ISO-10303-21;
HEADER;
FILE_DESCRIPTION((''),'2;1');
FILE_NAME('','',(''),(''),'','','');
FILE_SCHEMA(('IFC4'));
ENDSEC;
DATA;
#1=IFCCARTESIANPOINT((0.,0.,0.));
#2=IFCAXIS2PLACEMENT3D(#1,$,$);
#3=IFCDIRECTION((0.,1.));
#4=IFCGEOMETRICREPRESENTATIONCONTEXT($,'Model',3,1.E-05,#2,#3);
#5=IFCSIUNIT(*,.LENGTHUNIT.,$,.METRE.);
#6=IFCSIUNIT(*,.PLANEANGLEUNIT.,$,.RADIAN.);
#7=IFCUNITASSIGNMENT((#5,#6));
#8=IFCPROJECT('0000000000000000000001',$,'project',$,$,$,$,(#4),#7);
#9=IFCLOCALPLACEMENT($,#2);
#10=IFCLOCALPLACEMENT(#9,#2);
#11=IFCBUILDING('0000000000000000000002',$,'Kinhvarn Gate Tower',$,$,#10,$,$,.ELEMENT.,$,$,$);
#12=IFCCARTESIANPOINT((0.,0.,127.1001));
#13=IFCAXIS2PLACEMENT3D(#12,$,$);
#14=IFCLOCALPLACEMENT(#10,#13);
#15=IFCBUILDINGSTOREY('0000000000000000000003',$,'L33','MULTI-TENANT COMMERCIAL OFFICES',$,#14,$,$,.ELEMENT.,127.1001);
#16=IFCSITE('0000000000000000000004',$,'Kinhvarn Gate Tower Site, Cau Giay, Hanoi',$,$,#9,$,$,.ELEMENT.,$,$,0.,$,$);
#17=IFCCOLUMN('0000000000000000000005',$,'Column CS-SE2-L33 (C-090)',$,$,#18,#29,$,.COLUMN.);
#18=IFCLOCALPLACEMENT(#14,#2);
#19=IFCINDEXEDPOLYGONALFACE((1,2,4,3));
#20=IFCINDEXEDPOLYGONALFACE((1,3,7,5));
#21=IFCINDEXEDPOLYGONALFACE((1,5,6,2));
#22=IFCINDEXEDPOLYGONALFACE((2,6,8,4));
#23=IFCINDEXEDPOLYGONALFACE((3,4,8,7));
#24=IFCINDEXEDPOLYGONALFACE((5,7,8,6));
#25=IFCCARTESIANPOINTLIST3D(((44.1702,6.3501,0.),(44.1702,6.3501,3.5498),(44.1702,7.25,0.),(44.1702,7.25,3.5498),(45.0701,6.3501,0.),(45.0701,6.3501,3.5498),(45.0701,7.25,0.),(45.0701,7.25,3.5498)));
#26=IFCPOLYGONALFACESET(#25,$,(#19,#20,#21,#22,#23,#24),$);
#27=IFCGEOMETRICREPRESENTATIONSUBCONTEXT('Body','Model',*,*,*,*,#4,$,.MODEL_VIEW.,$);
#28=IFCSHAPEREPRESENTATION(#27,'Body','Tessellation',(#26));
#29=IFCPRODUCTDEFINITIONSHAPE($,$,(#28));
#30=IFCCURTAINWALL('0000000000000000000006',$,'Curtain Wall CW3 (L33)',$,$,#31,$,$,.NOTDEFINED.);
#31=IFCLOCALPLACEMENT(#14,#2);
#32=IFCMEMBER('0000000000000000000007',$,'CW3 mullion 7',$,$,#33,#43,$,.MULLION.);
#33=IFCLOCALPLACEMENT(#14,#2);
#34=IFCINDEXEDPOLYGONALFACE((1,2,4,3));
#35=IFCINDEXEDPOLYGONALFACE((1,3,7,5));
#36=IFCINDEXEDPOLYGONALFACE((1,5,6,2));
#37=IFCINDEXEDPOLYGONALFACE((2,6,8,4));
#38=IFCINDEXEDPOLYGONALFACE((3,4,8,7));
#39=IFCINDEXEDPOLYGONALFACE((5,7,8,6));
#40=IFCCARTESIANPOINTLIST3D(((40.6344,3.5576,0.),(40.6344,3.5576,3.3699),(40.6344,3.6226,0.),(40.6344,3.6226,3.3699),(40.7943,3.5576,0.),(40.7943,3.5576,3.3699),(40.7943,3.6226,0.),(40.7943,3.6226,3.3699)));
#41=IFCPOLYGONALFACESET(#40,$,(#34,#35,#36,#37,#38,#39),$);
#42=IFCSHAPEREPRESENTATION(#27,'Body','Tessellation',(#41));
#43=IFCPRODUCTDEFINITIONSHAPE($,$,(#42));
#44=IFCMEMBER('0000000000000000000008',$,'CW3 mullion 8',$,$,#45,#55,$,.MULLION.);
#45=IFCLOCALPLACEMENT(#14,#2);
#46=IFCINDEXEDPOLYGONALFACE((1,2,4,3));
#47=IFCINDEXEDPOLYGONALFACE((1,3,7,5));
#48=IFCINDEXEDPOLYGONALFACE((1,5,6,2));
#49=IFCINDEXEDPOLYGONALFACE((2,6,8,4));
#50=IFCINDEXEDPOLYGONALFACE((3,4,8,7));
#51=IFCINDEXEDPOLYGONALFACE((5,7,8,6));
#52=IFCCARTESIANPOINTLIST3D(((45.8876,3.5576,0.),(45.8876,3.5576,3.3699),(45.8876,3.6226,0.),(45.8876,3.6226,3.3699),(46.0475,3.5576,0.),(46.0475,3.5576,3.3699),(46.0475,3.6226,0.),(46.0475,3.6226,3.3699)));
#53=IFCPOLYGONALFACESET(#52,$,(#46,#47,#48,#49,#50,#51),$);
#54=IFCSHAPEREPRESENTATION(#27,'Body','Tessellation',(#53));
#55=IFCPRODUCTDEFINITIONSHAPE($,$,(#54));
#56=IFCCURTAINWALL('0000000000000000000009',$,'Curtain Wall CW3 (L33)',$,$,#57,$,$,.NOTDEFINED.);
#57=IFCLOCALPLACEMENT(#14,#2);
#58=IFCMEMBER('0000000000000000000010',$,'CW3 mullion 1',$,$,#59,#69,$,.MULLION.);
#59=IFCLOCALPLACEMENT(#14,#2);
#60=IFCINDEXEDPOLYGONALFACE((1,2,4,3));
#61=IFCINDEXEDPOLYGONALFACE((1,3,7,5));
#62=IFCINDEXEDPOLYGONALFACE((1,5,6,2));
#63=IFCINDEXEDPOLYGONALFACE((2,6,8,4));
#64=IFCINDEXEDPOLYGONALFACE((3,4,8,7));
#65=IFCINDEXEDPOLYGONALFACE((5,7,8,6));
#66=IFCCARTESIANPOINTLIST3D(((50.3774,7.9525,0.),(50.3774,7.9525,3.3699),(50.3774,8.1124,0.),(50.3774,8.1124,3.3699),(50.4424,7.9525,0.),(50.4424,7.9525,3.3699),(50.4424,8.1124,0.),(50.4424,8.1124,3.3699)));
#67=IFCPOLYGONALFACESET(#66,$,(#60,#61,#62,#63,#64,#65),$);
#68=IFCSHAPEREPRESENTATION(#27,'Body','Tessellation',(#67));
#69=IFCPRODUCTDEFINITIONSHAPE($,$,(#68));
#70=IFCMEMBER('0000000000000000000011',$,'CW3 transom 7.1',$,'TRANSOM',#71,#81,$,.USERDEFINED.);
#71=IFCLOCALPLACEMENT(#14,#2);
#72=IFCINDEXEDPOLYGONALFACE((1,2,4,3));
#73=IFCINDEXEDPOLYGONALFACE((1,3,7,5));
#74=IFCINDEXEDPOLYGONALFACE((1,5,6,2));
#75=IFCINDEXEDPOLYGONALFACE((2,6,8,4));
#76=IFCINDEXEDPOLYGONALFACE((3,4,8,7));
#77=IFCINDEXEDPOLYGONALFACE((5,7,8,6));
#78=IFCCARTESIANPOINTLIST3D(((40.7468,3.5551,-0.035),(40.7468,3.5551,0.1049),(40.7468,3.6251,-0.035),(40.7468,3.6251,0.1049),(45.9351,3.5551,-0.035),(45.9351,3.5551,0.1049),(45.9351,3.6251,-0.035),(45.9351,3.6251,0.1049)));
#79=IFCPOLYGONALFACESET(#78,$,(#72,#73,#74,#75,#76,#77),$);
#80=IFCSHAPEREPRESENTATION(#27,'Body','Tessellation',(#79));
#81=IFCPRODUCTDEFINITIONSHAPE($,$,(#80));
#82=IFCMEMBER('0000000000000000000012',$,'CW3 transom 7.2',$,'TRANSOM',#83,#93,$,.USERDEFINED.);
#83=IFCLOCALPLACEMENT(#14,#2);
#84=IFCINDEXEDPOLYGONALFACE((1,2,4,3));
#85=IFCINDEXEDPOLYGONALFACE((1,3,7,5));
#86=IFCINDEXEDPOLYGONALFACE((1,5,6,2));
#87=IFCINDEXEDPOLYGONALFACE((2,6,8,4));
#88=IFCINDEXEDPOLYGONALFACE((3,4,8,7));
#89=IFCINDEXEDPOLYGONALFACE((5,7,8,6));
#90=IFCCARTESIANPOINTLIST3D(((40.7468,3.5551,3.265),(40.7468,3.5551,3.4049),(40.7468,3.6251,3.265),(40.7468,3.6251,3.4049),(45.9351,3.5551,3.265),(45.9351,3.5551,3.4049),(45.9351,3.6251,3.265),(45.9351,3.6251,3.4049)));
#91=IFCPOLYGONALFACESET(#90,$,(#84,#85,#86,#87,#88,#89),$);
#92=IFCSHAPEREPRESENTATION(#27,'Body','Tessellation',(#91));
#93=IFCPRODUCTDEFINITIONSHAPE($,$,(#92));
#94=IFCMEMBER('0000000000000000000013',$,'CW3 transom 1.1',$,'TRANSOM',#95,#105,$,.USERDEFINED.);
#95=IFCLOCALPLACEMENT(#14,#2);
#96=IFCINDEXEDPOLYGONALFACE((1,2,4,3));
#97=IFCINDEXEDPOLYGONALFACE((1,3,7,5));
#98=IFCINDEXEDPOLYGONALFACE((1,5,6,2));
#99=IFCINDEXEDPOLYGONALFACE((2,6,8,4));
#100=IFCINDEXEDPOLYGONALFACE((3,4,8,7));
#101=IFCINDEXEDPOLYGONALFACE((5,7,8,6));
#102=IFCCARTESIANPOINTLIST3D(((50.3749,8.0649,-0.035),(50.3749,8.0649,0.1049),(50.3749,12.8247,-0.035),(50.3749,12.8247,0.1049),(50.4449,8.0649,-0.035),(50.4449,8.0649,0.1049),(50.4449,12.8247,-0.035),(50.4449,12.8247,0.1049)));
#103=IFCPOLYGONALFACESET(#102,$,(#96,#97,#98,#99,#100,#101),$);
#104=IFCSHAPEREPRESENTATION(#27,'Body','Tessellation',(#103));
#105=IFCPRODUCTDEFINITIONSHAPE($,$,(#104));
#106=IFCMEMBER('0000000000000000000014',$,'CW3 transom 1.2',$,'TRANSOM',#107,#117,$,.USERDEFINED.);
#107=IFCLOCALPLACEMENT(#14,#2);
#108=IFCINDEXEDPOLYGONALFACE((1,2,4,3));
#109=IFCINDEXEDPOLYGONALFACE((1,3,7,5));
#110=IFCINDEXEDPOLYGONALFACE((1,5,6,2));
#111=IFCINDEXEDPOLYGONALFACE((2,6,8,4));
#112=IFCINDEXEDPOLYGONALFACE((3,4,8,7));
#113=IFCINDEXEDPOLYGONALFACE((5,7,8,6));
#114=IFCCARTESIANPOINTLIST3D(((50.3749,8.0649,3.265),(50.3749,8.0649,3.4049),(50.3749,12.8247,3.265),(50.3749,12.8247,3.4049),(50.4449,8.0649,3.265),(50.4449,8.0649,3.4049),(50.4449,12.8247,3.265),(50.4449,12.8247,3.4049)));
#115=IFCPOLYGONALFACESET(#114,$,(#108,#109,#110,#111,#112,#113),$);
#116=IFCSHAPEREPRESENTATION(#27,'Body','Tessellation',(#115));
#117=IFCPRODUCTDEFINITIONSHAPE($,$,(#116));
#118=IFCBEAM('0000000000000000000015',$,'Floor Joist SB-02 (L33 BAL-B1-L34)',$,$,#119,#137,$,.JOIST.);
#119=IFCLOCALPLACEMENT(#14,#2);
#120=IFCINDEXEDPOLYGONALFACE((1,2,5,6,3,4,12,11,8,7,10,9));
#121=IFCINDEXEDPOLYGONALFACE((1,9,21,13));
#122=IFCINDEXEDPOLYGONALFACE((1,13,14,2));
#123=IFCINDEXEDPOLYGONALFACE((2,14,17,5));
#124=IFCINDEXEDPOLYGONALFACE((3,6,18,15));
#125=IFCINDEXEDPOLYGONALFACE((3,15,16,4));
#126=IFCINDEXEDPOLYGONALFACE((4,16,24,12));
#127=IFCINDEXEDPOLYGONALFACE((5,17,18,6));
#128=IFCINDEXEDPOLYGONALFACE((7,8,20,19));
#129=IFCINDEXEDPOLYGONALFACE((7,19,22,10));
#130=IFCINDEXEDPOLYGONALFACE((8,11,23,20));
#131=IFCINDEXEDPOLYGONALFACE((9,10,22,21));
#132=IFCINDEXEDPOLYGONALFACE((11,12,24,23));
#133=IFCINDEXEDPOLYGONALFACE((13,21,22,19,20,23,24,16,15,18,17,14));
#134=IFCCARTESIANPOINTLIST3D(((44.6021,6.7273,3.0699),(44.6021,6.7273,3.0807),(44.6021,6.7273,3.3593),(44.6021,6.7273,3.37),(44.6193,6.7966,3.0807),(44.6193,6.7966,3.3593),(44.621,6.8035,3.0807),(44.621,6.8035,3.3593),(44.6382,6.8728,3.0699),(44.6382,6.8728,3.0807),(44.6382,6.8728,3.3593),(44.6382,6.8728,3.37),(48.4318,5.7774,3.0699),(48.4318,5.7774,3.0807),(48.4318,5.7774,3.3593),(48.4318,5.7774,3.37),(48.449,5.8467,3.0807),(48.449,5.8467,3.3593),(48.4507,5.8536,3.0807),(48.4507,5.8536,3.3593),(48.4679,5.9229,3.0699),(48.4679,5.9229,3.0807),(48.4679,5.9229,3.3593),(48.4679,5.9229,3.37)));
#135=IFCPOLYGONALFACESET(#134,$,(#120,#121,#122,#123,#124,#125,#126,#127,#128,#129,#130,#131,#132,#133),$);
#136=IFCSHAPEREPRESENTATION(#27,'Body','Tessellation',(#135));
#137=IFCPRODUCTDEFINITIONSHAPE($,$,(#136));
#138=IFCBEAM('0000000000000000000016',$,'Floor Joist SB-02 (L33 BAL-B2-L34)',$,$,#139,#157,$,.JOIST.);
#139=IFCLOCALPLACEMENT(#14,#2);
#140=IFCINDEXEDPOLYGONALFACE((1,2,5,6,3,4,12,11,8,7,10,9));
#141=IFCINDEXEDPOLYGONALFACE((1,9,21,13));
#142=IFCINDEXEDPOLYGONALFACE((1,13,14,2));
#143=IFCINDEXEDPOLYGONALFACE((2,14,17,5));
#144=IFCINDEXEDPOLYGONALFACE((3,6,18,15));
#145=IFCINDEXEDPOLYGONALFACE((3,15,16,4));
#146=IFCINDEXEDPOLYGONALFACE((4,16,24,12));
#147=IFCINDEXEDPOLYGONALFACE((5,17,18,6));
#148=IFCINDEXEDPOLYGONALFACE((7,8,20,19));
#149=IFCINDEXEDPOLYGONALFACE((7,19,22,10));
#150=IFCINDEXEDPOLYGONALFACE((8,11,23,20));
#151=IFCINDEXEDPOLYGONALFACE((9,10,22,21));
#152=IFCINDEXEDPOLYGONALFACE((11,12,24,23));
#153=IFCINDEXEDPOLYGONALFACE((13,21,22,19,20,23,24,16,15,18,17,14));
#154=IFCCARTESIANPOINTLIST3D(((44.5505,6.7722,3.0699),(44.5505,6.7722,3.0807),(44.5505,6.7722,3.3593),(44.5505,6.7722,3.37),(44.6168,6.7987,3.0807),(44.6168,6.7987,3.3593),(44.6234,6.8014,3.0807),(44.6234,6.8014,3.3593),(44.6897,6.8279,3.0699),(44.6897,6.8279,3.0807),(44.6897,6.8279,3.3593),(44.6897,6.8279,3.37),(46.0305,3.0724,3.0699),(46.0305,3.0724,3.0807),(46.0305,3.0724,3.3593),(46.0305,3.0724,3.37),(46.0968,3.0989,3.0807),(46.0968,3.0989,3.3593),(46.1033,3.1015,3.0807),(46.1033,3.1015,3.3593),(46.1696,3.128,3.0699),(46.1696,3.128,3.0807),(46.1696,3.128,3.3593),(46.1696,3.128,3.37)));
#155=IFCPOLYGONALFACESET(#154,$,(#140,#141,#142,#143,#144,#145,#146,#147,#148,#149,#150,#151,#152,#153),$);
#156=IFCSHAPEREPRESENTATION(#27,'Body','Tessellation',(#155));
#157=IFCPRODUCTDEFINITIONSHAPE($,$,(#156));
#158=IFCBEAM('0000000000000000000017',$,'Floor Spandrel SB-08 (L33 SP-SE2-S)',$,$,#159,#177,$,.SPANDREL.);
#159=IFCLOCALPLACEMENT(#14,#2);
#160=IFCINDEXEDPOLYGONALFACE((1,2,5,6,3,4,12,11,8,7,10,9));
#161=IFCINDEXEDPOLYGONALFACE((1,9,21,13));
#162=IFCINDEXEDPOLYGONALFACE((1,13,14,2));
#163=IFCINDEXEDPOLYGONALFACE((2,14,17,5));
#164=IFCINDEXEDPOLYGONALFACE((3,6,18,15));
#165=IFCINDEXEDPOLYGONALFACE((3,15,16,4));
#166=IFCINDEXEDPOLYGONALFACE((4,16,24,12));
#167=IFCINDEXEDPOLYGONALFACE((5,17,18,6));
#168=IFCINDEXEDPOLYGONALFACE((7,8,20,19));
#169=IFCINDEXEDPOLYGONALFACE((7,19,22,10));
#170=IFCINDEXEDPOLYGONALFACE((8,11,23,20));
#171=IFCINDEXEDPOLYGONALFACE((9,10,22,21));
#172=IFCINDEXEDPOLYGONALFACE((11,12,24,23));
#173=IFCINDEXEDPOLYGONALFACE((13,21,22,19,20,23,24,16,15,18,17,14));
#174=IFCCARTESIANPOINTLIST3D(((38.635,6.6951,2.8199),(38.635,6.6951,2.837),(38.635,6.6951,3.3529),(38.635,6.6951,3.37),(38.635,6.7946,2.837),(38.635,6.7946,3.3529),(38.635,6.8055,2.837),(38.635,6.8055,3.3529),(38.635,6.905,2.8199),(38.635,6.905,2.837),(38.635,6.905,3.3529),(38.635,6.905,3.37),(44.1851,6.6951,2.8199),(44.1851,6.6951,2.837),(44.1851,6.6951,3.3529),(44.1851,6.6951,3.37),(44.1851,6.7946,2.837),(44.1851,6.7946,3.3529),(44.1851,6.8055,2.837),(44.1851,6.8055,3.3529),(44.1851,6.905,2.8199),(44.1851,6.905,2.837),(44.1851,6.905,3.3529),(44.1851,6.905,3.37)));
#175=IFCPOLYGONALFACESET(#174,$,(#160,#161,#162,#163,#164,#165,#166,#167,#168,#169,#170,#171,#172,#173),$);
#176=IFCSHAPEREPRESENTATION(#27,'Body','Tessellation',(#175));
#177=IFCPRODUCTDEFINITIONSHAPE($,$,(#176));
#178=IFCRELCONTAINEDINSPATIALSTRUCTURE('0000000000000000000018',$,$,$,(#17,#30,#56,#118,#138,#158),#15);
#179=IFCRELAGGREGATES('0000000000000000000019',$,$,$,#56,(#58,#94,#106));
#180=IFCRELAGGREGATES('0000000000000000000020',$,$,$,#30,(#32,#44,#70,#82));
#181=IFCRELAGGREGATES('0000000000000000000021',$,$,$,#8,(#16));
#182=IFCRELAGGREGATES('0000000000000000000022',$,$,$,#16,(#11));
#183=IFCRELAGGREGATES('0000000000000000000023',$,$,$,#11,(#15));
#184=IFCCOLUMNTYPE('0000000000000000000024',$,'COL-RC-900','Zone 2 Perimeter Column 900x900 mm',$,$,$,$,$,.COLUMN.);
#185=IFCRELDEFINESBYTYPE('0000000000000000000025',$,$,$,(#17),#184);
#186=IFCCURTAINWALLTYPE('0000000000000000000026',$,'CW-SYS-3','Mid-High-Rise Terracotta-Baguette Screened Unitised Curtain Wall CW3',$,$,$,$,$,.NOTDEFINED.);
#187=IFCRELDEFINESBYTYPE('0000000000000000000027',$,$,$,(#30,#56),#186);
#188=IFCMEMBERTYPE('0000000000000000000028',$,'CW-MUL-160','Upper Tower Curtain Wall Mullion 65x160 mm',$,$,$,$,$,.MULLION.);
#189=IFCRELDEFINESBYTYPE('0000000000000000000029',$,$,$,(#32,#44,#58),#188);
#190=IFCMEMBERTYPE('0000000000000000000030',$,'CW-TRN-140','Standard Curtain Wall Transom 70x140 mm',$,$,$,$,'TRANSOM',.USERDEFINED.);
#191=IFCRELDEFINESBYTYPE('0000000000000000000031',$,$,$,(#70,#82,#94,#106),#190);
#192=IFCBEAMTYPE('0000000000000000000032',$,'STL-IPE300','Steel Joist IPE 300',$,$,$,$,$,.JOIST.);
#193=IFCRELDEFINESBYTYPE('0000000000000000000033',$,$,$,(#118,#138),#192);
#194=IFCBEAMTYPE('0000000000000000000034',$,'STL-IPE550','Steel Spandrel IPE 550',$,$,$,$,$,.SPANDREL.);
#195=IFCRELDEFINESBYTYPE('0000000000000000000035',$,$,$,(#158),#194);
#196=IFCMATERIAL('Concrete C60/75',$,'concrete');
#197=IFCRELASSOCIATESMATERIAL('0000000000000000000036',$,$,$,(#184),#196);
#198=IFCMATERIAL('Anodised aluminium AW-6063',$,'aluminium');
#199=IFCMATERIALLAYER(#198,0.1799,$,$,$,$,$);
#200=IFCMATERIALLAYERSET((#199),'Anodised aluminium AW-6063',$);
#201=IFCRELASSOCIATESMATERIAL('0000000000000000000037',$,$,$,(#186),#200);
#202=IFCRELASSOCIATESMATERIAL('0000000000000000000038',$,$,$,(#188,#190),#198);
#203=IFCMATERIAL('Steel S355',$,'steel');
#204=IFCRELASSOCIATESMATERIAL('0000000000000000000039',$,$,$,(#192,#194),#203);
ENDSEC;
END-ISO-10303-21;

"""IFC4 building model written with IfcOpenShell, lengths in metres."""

from ifc_helpers import new_model, si_unit, direction, frame, origin, origin_2d, place, context, subcontext, project, spatial, rectangle, i_section, extrude, material, layer, layer_set, material_profile, profile_set, type_object, element, aggregate, save


model = new_model("IFC4")

# Units and contexts
model_context = context("Model", 3, precision=1e-05, world=origin(), true_north=direction((0.0, 1.0)))
body_context = subcontext(model_context, "Body", "Model", "MODEL_VIEW")
ifc_project = project(units=[si_unit("LENGTHUNIT", "METRE"), si_unit("PLANEANGLEUNIT", "RADIAN")], contexts=[model_context])

# Site, building, storey
site_placement = place(None, origin())
site = spatial("IfcSite", under=ifc_project, at=site_placement, Name="Kinhvarn Gate Tower Site, Cau Giay, Hanoi", CompositionType="ELEMENT", RefElevation=0.0)
building_placement = place(site_placement, origin())
building = spatial("IfcBuilding", under=site, at=building_placement, Name="Kinhvarn Gate Tower", CompositionType="ELEMENT")
storey_placement = place(building_placement, frame((0.0, 0.0, 127.1001)))
storey = spatial("IfcBuildingStorey", under=building, at=storey_placement, Name="L33", Description="MULTI-TENANT COMMERCIAL OFFICES", CompositionType="ELEMENT", Elevation=127.1001)

# Column
ifc_material_1 = material(Name="Concrete C60/75", Category="concrete")
ifc_material_profile_1 = material_profile(ifc_material_1, rectangle(XDim=0.8999, YDim=0.8999, at=origin_2d()), Name="RC 900x900")
ifc_profile_set_1 = profile_set([ifc_material_profile_1], Name="Concrete C60/75")
column_type = type_object("IfcColumnType", Name="COL-RC-900", Description="Zone 2 Perimeter Column 900x900 mm", PredefinedType="COLUMN", material=ifc_profile_set_1)
column_placement = place(storey_placement, frame((44.6201, 6.8, 0.0), z_axis=(0.0, 0.0, 1.0), x_axis=(1.0, 0.0, 0.0)))
element("IfcColumn", 1, at=column_placement, inside=storey, type_object=column_type, Name="Column CS-SE2-L33 (C-090)", PredefinedType="COLUMN", context=body_context, shape_type="SweptSolid", body=[
    extrude(rectangle(XDim=0.8999, YDim=0.8999, at=origin_2d()), origin(), (0.0, 0.0, 1.0), 3.5498),
])

# Curtain wall, members
ifc_material_2 = material(Name="Anodised aluminium AW-6063", Category="aluminium")
ifc_layer_1 = layer(ifc_material_2, 0.1799)
ifc_layer_set_1 = layer_set([ifc_layer_1], Name="Anodised aluminium AW-6063")
curtain_wall_type = type_object("IfcCurtainWallType", Name="CW-SYS-3", Description="Mid-High-Rise Terracotta-Baguette Screened Unitised Curtain Wall CW3", PredefinedType="NOTDEFINED", material=ifc_layer_set_1)
curtain_wall_1_placement = place(storey_placement, origin())
curtain_wall_1 = element("IfcCurtainWall", 2, at=curtain_wall_1_placement, inside=storey, type_object=curtain_wall_type, Name="Curtain Wall CW3 (L33)", PredefinedType="NOTDEFINED")
ifc_material_profile_2 = material_profile(ifc_material_2, rectangle(XDim=0.0649, YDim=0.1599, at=origin_2d()), Name="ALU 65x160")
ifc_profile_set_2 = profile_set([ifc_material_profile_2], Name="Anodised aluminium AW-6063")
member_type_1 = type_object("IfcMemberType", Name="CW-MUL-160", Description="Upper Tower Curtain Wall Mullion 65x160 mm", PredefinedType="MULLION", material=ifc_profile_set_2)
member_1_placement = place(storey_placement, frame((40.7144, 3.5901, 0.0), z_axis=(0.0, 0.0, 1.0), x_axis=(0.0, 1.0, 0.0)))
member_1 = element("IfcMember", 3, at=member_1_placement, type_object=member_type_1, Name="CW3 mullion 7", PredefinedType="MULLION", context=body_context, shape_type="SweptSolid", body=[
    extrude(rectangle(XDim=0.0649, YDim=0.1599, at=origin_2d()), origin(), (0.0, 0.0, 1.0), 3.3699),
])
member_2_placement = place(storey_placement, frame((45.9675, 3.5901, 0.0), z_axis=(0.0, 0.0, 1.0), x_axis=(0.0, 1.0, 0.0)))
member_2 = element("IfcMember", 4, at=member_2_placement, type_object=member_type_1, Name="CW3 mullion 8", PredefinedType="MULLION", context=body_context, shape_type="SweptSolid", body=[
    extrude(rectangle(XDim=0.0649, YDim=0.1599, at=origin_2d()), origin(), (0.0, 0.0, 1.0), 3.3699),
])

# Curtain wall, member
curtain_wall_2_placement = place(storey_placement, origin())
curtain_wall_2 = element("IfcCurtainWall", 5, at=curtain_wall_2_placement, inside=storey, type_object=curtain_wall_type, Name="Curtain Wall CW3 (L33)", PredefinedType="NOTDEFINED")
member_3_placement = place(storey_placement, frame((50.4099, 8.0325, 0.0), z_axis=(0.0, 0.0, 1.0), x_axis=(-1.0, 0.0, 0.0)))
member_3 = element("IfcMember", 6, at=member_3_placement, type_object=member_type_1, Name="CW3 mullion 1", PredefinedType="MULLION", context=body_context, shape_type="SweptSolid", body=[
    extrude(rectangle(XDim=0.0649, YDim=0.1599, at=origin_2d()), origin(), (0.0, 0.0, 1.0), 3.3699),
])

# Members
ifc_material_profile_3 = material_profile(ifc_material_2, rectangle(XDim=0.0701, YDim=0.1399, at=origin_2d()), Name="ALU 70x140")
ifc_profile_set_3 = profile_set([ifc_material_profile_3], Name="Anodised aluminium AW-6063")
member_type_2 = type_object("IfcMemberType", Name="CW-TRN-140", Description="Standard Curtain Wall Transom 70x140 mm", ElementType="TRANSOM", PredefinedType="USERDEFINED", material=ifc_profile_set_3)
member_4_placement = place(storey_placement, frame((40.7468, 3.5901, 0.0349), z_axis=(1.0, 0.0, 0.0), x_axis=(0.0, 1.0, 0.0)))
member_4 = element("IfcMember", 7, at=member_4_placement, type_object=member_type_2, Name="CW3 transom 7.1", ObjectType="TRANSOM", PredefinedType="USERDEFINED", context=body_context, shape_type="SweptSolid", body=[
    extrude(rectangle(XDim=0.0701, YDim=0.1399, at=origin_2d()), origin(), (0.0, 0.0, 1.0), 5.1882),
])
member_5_placement = place(storey_placement, frame((40.7468, 3.5901, 3.335), z_axis=(1.0, 0.0, 0.0), x_axis=(0.0, 1.0, 0.0)))
member_5 = element("IfcMember", 8, at=member_5_placement, type_object=member_type_2, Name="CW3 transom 7.2", ObjectType="TRANSOM", PredefinedType="USERDEFINED", context=body_context, shape_type="SweptSolid", body=[
    extrude(rectangle(XDim=0.0701, YDim=0.1399, at=origin_2d()), origin(), (0.0, 0.0, 1.0), 5.1882),
])
member_6_placement = place(storey_placement, frame((50.4099, 8.0649, 0.0349), z_axis=(0.0, 1.0, 0.0), x_axis=(-1.0, 0.0, 0.0)))
member_6 = element("IfcMember", 9, at=member_6_placement, type_object=member_type_2, Name="CW3 transom 1.1", ObjectType="TRANSOM", PredefinedType="USERDEFINED", context=body_context, shape_type="SweptSolid", body=[
    extrude(rectangle(XDim=0.0701, YDim=0.1399, at=origin_2d()), origin(), (0.0, 0.0, 1.0), 4.7598),
])
member_7_placement = place(storey_placement, frame((50.4099, 8.0649, 3.335), z_axis=(0.0, 1.0, 0.0), x_axis=(-1.0, 0.0, 0.0)))
member_7 = element("IfcMember", 10, at=member_7_placement, type_object=member_type_2, Name="CW3 transom 1.2", ObjectType="TRANSOM", PredefinedType="USERDEFINED", context=body_context, shape_type="SweptSolid", body=[
    extrude(rectangle(XDim=0.0701, YDim=0.1399, at=origin_2d()), origin(), (0.0, 0.0, 1.0), 4.7598),
])
aggregate(curtain_wall_2, [member_3, member_6, member_7])

# Beams
ifc_material_3 = material(Name="Steel S355", Category="steel")
ifc_material_profile_4 = material_profile(ifc_material_3, i_section(OverallWidth=0.1499, OverallDepth=0.3, WebThickness=0.0071, FlangeThickness=0.0107, at=origin_2d()), Name="IPE 300")
ifc_profile_set_4 = profile_set([ifc_material_profile_4], Name="Steel S355")
beam_type_1 = type_object("IfcBeamType", Name="STL-IPE300", Description="Steel Joist IPE 300", PredefinedType="JOIST", material=ifc_profile_set_4)
beam_1_placement = place(storey_placement, frame((44.6201, 6.8, 3.22), z_axis=(0.970589, -0.240745, 0.0), x_axis=(0.240745, 0.970589, 0.0)))
element("IfcBeam", 11, at=beam_1_placement, inside=storey, type_object=beam_type_1, Name="Floor Joist SB-02 (L33 BAL-B1-L34)", PredefinedType="JOIST", context=body_context, shape_type="SweptSolid", body=[
    extrude(i_section(OverallWidth=0.1499, OverallDepth=0.3, WebThickness=0.0071, FlangeThickness=0.0107, at=origin_2d()), origin(), (0.0, 0.0, 1.0), 3.9458),
])
beam_2_placement = place(storey_placement, frame((44.6201, 6.8, 3.22), z_axis=(0.371391, -0.928477, 0.0), x_axis=(0.928477, 0.371391, 0.0)))
element("IfcBeam", 12, at=beam_2_placement, inside=storey, type_object=beam_type_1, Name="Floor Joist SB-02 (L33 BAL-B2-L34)", PredefinedType="JOIST", context=body_context, shape_type="SweptSolid", body=[
    extrude(i_section(OverallWidth=0.1499, OverallDepth=0.3, WebThickness=0.0071, FlangeThickness=0.0107, at=origin_2d()), origin(), (0.0, 0.0, 1.0), 3.9849),
])
ifc_material_profile_5 = material_profile(ifc_material_3, i_section(OverallWidth=0.21, OverallDepth=0.55, WebThickness=0.011, FlangeThickness=0.0171, at=origin_2d()), Name="IPE 550")
ifc_profile_set_5 = profile_set([ifc_material_profile_5], Name="Steel S355")
beam_type_2 = type_object("IfcBeamType", Name="STL-IPE550", Description="Steel Spandrel IPE 550", PredefinedType="SPANDREL", material=ifc_profile_set_5)
beam_3_placement = place(storey_placement, frame((38.635, 6.8, 3.095), z_axis=(1.0, 0.0, 0.0), x_axis=(0.0, 1.0, 0.0)))
element("IfcBeam", 13, at=beam_3_placement, inside=storey, type_object=beam_type_2, Name="Floor Spandrel SB-08 (L33 SP-SE2-S)", PredefinedType="SPANDREL", context=body_context, shape_type="SweptSolid", body=[
    extrude(i_section(OverallWidth=0.21, OverallDepth=0.55, WebThickness=0.011, FlangeThickness=0.0171, at=origin_2d()), origin(), (0.0, 0.0, 1.0), 5.55),
])

aggregate(curtain_wall_1, [member_1, member_2, member_4, member_5])

save(model, "model.ifc")
